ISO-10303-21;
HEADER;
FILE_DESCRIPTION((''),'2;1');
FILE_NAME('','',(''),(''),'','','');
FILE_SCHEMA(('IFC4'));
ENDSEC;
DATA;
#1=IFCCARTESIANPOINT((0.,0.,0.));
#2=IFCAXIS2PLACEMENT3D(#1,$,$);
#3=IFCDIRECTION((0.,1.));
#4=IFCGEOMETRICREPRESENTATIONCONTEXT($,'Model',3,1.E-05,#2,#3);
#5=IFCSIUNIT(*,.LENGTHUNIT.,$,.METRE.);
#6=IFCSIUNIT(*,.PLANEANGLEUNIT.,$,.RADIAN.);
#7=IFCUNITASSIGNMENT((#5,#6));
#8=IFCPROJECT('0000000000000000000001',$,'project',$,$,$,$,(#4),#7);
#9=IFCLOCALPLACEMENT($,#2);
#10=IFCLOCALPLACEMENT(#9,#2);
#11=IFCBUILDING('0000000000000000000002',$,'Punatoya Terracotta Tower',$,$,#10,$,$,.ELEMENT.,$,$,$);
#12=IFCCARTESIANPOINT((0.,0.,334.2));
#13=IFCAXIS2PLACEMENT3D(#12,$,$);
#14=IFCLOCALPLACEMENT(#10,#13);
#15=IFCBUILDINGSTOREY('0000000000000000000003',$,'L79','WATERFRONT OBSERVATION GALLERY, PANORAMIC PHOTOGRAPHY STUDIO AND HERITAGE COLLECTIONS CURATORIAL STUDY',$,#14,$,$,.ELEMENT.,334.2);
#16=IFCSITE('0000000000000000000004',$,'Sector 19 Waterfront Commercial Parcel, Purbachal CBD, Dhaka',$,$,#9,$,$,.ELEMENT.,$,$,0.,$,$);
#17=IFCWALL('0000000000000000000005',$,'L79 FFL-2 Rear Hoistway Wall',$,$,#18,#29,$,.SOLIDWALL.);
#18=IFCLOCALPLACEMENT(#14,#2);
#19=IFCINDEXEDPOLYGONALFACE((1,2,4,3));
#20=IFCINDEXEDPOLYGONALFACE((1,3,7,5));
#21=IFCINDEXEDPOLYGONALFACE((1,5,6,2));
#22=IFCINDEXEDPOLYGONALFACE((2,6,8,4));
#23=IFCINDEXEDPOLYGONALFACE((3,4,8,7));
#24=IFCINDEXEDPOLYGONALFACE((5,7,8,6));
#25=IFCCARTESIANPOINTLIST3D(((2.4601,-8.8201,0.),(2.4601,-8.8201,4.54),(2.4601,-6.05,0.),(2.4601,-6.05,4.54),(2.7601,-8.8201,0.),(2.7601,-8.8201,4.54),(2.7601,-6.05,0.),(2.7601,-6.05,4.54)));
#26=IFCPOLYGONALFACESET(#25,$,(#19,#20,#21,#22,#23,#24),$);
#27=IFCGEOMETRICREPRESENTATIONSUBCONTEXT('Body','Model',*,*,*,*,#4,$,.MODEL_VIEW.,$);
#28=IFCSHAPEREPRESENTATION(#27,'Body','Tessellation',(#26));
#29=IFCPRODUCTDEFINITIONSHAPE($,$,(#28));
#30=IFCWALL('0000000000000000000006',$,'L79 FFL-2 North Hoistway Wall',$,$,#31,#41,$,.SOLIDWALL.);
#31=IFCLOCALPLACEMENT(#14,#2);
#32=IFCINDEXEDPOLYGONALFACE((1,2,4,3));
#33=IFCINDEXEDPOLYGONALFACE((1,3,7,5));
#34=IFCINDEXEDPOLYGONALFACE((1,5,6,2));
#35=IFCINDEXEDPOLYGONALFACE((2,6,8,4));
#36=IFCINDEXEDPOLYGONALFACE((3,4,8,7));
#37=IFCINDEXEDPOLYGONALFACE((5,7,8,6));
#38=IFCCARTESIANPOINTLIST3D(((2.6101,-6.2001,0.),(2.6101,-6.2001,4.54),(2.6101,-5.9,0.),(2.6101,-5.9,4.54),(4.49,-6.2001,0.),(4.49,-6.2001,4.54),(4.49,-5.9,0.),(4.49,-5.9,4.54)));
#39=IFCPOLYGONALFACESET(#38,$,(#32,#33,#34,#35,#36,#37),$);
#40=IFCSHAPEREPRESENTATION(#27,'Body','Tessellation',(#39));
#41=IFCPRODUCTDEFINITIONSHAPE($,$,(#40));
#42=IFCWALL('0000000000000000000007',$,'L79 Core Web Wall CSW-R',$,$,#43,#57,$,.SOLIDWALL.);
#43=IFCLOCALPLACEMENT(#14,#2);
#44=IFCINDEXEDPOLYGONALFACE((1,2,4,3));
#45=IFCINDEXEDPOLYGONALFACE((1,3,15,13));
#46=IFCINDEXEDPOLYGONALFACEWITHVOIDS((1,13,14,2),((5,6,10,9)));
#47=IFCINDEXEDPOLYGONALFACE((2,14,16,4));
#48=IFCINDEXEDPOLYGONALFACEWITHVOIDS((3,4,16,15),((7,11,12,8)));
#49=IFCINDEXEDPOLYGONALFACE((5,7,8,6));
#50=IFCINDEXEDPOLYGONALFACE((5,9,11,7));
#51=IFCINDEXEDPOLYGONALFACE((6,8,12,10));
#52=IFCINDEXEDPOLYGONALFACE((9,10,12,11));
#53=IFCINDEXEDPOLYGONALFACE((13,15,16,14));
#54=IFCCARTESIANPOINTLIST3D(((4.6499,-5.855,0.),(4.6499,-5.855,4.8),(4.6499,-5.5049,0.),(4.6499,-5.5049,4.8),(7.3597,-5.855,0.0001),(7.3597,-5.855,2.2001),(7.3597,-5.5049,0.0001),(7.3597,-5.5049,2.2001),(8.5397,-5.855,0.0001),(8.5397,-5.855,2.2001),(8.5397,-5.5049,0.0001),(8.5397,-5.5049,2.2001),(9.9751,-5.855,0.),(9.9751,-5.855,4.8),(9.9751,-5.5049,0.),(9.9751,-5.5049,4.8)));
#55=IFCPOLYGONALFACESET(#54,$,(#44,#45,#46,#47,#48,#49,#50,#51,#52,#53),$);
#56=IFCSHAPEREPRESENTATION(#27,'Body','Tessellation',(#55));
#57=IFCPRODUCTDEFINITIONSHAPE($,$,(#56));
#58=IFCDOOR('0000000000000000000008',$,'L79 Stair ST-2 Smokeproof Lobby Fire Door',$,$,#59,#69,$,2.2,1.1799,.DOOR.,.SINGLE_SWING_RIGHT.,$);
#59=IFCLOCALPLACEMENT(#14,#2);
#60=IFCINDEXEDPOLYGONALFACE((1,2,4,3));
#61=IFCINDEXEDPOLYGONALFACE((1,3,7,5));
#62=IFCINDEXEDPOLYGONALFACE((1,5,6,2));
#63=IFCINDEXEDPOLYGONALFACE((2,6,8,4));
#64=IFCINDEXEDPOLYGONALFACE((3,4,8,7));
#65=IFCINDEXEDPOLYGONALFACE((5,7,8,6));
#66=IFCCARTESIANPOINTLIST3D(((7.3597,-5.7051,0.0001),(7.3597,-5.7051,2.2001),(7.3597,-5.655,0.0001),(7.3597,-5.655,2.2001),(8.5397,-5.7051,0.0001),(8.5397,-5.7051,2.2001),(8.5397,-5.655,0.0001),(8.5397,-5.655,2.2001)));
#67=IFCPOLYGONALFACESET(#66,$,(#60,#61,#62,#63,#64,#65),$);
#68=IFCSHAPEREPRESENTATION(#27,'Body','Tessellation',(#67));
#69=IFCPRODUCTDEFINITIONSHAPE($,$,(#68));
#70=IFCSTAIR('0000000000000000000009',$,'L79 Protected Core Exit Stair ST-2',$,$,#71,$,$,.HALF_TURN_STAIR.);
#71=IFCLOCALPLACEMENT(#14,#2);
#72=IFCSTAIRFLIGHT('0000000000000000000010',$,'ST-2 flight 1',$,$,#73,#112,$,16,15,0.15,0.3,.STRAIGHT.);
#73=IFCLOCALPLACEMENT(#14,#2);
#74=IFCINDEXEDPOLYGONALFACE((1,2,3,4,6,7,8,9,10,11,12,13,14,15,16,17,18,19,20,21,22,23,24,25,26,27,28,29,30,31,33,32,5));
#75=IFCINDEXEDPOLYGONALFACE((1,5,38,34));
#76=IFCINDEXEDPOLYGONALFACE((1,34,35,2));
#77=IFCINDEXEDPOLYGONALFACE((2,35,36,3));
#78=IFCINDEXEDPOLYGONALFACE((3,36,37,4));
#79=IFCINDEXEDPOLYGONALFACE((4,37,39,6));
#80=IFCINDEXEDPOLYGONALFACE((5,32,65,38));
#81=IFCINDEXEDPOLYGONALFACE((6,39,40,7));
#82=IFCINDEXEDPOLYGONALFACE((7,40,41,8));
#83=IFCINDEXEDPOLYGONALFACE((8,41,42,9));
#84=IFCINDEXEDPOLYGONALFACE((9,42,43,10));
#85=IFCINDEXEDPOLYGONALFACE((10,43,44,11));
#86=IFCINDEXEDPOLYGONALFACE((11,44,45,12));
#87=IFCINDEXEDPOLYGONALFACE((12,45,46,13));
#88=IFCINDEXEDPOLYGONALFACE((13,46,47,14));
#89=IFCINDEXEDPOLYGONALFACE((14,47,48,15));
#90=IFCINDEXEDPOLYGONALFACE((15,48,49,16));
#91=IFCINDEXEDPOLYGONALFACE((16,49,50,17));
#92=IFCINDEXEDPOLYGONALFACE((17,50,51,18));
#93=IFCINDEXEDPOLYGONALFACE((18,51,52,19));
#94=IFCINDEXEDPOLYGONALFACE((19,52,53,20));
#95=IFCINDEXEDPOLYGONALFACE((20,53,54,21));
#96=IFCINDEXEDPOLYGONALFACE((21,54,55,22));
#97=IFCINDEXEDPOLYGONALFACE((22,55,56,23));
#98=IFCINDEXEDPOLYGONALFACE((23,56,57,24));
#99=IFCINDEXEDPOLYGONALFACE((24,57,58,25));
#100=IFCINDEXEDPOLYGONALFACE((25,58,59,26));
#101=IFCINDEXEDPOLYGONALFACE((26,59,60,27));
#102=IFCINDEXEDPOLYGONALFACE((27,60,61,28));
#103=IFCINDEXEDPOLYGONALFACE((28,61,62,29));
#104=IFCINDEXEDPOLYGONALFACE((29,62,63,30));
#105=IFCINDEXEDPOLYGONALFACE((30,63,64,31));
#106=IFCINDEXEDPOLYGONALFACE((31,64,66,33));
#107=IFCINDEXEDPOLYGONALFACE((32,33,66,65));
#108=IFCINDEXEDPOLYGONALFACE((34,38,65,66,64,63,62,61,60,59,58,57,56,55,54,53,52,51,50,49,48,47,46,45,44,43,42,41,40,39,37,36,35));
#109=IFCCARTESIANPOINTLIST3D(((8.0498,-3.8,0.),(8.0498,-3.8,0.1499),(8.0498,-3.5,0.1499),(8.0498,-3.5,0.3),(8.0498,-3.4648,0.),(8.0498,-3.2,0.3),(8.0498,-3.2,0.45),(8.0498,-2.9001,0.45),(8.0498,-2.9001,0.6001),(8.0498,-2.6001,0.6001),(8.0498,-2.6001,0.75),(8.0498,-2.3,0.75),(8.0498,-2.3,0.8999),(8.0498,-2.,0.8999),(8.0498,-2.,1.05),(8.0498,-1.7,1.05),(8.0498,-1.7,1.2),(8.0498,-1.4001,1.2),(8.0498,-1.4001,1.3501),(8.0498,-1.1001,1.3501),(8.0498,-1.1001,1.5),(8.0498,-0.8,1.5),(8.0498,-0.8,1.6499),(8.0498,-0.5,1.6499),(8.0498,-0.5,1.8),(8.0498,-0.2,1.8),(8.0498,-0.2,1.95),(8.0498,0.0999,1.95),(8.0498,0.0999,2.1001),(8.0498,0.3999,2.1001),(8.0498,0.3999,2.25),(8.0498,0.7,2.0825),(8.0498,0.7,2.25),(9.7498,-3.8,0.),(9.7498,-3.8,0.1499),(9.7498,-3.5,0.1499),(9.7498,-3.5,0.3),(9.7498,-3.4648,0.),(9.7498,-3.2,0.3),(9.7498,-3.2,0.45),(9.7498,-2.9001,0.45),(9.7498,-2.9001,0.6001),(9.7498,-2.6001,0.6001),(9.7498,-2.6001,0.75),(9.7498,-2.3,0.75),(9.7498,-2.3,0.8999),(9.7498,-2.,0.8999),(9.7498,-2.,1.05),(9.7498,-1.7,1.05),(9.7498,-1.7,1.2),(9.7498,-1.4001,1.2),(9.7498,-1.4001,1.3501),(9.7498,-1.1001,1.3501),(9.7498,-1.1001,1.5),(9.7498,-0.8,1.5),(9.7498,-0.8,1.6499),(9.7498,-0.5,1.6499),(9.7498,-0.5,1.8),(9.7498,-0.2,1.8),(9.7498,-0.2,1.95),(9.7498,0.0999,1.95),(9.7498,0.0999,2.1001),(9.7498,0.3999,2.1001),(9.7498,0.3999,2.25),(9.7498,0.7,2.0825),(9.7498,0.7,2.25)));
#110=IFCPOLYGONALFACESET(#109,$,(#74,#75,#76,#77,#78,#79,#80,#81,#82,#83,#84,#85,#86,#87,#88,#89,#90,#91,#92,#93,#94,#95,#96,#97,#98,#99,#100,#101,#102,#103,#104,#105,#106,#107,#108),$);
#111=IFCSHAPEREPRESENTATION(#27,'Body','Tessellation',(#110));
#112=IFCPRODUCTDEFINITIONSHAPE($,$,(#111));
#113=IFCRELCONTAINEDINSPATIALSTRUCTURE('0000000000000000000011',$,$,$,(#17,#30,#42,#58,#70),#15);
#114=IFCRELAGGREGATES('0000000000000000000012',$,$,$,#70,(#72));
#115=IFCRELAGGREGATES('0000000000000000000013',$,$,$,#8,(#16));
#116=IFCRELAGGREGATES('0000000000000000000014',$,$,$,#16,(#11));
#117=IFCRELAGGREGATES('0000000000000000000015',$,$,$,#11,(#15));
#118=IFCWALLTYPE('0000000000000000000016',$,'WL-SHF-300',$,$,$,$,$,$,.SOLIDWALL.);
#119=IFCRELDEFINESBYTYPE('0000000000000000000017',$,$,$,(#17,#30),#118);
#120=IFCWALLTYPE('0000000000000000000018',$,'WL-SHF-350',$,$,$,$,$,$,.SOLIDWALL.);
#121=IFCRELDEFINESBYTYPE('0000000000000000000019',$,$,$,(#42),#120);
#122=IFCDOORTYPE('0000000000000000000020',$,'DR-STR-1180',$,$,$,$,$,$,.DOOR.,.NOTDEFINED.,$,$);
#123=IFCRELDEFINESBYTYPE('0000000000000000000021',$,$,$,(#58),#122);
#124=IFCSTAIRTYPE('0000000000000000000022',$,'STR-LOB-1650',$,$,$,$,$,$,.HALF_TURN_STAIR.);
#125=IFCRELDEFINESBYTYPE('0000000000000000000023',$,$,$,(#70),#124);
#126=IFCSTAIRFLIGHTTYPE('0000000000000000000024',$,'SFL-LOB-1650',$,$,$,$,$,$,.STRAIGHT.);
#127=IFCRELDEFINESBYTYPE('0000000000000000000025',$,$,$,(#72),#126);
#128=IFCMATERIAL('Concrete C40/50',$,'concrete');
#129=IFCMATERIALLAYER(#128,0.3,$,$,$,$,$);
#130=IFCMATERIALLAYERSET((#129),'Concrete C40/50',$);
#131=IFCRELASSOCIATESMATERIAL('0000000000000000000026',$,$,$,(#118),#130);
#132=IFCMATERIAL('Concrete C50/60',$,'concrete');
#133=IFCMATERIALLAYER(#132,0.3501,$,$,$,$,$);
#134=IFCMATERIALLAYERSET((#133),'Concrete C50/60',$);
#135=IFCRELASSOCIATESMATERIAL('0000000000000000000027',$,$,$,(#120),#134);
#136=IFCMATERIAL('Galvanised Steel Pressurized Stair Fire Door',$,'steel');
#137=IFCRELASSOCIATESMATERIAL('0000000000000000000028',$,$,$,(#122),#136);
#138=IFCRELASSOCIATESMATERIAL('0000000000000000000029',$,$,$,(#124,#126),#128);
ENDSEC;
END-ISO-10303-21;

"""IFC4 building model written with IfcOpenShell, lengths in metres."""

from ifc_helpers import new_model, si_unit, direction, frame, frame_2d, origin, place, context, subcontext, project, spatial, polyline, rectangle, outline, extrude, material, layer, layer_set, type_object, element, fill, aggregate, save


model = new_model("IFC4")

# Units and contexts
model_context = context("Model", 3, precision=1e-05, world=origin(), true_north=direction((0.0, 1.0)))
body_context = subcontext(model_context, "Body", "Model", "MODEL_VIEW")
ifc_project = project(units=[si_unit("LENGTHUNIT", "METRE"), si_unit("PLANEANGLEUNIT", "RADIAN")], contexts=[model_context])

# Site, building, storey
site_placement = place(None, origin())
site = spatial("IfcSite", under=ifc_project, at=site_placement, Name="Sector 19 Waterfront Commercial Parcel, Purbachal CBD, Dhaka", CompositionType="ELEMENT", RefElevation=0.0)
building_placement = place(site_placement, origin())
building = spatial("IfcBuilding", under=site, at=building_placement, Name="Punatoya Terracotta Tower", CompositionType="ELEMENT")
storey_placement = place(building_placement, frame((0.0, 0.0, 334.2)))
storey = spatial("IfcBuildingStorey", under=building, at=storey_placement, Name="L79", Description="WATERFRONT OBSERVATION GALLERY, PANORAMIC PHOTOGRAPHY STUDIO AND HERITAGE COLLECTIONS CURATORIAL STUDY", CompositionType="ELEMENT", Elevation=334.2)

# Shared definitions
ifc_material_1 = material(Name="Concrete C40/50", Category="concrete")

# Shared definitions
ifc_layer_1 = layer(ifc_material_1, 0.3)
ifc_layer_set_1 = layer_set([ifc_layer_1], Name="Concrete C40/50")
wall_type_1 = type_object("IfcWallType", Name="WL-SHF-300", PredefinedType="SOLIDWALL", material=ifc_layer_set_1)

# Walls
wall_1_placement = place(storey_placement, frame((2.6101, -8.8201, 0.0), z_axis=(0.0, 0.0, 1.0), x_axis=(0.0, 1.0, 0.0)))
element("IfcWall", 1, at=wall_1_placement, inside=storey, type_object=wall_type_1, Name="L79 FFL-2 Rear Hoistway Wall", PredefinedType="SOLIDWALL", context=body_context, shape_type="SweptSolid", body=[
    extrude(rectangle(XDim=2.77, YDim=0.3, at=frame_2d((1.385, 0.0))), origin(), (0.0, 0.0, 1.0), 4.54),
])
wall_2_placement = place(storey_placement, frame((2.6101, -6.05, 0.0), z_axis=(0.0, 0.0, 1.0), x_axis=(1.0, 0.0, 0.0)))
element("IfcWall", 2, at=wall_2_placement, inside=storey, type_object=wall_type_1, Name="L79 FFL-2 North Hoistway Wall", PredefinedType="SOLIDWALL", context=body_context, shape_type="SweptSolid", body=[
    extrude(rectangle(XDim=1.8799, YDim=0.3, at=frame_2d((0.9399, 0.0))), origin(), (0.0, 0.0, 1.0), 4.54),
])

# Wall, opening, door
ifc_material_2 = material(Name="Concrete C50/60", Category="concrete")
ifc_layer_2 = layer(ifc_material_2, 0.3501)
ifc_layer_set_2 = layer_set([ifc_layer_2], Name="Concrete C50/60")
wall_type_2 = type_object("IfcWallType", Name="WL-SHF-350", PredefinedType="SOLIDWALL", material=ifc_layer_set_2)
wall_3_placement = place(storey_placement, frame((4.6499, -5.6799, 0.0), z_axis=(0.0, 0.0, 1.0), x_axis=(1.0, 0.0, 0.0)))
wall_3 = element("IfcWall", 3, at=wall_3_placement, inside=storey, type_object=wall_type_2, Name="L79 Core Web Wall CSW-R", PredefinedType="SOLIDWALL", context=body_context, shape_type="SweptSolid", body=[
    extrude(rectangle(XDim=5.3252, YDim=0.3501, at=frame_2d((2.6626, 0.0))), origin(), (0.0, 0.0, 1.0), 4.8),
])
opening_1_placement = place(wall_3_placement, frame((2.71, 0.0, 0.0)))
opening_1 = element("IfcOpeningElement", 4, at=opening_1_placement, cuts=wall_3, PredefinedType="OPENING", context=body_context, shape_type="SweptSolid", body=[
    extrude(rectangle(XDim=1.1799, YDim=2.2, at=frame_2d((0.5898, 1.1001))), frame((0.0, 0.1851, 0.0), z_axis=(0.0, -1.0, 0.0), x_axis=(1.0, 0.0, 0.0)), (0.0, 0.0, 1.0), 0.3701),
])
ifc_material_3 = material(Name="Galvanised Steel Pressurized Stair Fire Door", Category="steel")
door_type_1 = type_object("IfcDoorType", Name="DR-STR-1180", OperationType="NOTDEFINED", PredefinedType="DOOR", material=ifc_material_3)
door_1_placement = place(opening_1_placement, origin())
door_1 = element("IfcDoor", 5, at=door_1_placement, inside=storey, type_object=door_type_1, Name="L79 Stair ST-2 Smokeproof Lobby Fire Door", OperationType="SINGLE_SWING_RIGHT", OverallHeight=2.2, OverallWidth=1.1799, PredefinedType="DOOR", context=body_context, shape_type="SweptSolid", body=[
    extrude(rectangle(XDim=1.1799, YDim=2.2, at=frame_2d((0.5898, 1.1001))), frame((0.0, 0.0249, 0.0), z_axis=(0.0, -1.0, 0.0), x_axis=(1.0, 0.0, 0.0)), (0.0, 0.0, 1.0), 0.05),
])
fill(opening_1, door_1)

# Stair, stair flight
stair_type = type_object("IfcStairType", Name="STR-LOB-1650", PredefinedType="HALF_TURN_STAIR", material=ifc_material_1)
stair_placement = place(storey_placement, origin())
stair = element("IfcStair", 6, at=stair_placement, inside=storey, type_object=stair_type, Name="L79 Protected Core Exit Stair ST-2", PredefinedType="HALF_TURN_STAIR")
stair_flight_type = type_object("IfcStairFlightType", Name="SFL-LOB-1650", PredefinedType="STRAIGHT", material=ifc_material_1)
stair_flight_placement = place(storey_placement, frame((8.8999, -3.8, 0.0), z_axis=(0.0, 0.0, 1.0), x_axis=(0.0, 1.0, 0.0)))
stair_flight = element("IfcStairFlight", 7, at=stair_flight_placement, type_object=stair_flight_type, Name="ST-2 flight 1", NumberOfRisers=16, NumberOfTreads=15, PredefinedType="STRAIGHT", RiserHeight=0.15, TreadLength=0.3, context=body_context, shape_type="SweptSolid", body=[
    extrude(outline(polyline([(0.0, 0.0), (0.0, 0.1499), (0.3, 0.1499), (0.3, 0.3), (0.6001, 0.3), (0.6001, 0.45), (0.8999, 0.45), (0.8999, 0.6001), (1.2, 0.6001), (1.2, 0.75), (1.5, 0.75), (1.5, 0.8999), (1.8, 0.8999), (1.8, 1.05), (2.1001, 1.05), (2.1001, 1.2), (2.3999, 1.2), (2.3999, 1.3501), (2.7, 1.3501), (2.7, 1.5), (3.0, 1.5), (3.0, 1.6499), (3.3, 1.6499), (3.3, 1.8), (3.6001, 1.8), (3.6001, 1.95), (3.8999, 1.95), (3.8999, 2.1001), (4.2, 2.1001), (4.2, 2.25), (4.5, 2.25), (4.5, 2.3999), (4.5, 2.0825), (0.3352, 0.0), (0.0, 0.0)])), frame((0.0, 0.8501, 0.0), z_axis=(0.0, -1.0, 0.0), x_axis=(1.0, 0.0, 0.0)), (0.0, 0.0, 1.0), 1.7),
])
aggregate(stair, [stair_flight])

save(model, "model.ifc")
